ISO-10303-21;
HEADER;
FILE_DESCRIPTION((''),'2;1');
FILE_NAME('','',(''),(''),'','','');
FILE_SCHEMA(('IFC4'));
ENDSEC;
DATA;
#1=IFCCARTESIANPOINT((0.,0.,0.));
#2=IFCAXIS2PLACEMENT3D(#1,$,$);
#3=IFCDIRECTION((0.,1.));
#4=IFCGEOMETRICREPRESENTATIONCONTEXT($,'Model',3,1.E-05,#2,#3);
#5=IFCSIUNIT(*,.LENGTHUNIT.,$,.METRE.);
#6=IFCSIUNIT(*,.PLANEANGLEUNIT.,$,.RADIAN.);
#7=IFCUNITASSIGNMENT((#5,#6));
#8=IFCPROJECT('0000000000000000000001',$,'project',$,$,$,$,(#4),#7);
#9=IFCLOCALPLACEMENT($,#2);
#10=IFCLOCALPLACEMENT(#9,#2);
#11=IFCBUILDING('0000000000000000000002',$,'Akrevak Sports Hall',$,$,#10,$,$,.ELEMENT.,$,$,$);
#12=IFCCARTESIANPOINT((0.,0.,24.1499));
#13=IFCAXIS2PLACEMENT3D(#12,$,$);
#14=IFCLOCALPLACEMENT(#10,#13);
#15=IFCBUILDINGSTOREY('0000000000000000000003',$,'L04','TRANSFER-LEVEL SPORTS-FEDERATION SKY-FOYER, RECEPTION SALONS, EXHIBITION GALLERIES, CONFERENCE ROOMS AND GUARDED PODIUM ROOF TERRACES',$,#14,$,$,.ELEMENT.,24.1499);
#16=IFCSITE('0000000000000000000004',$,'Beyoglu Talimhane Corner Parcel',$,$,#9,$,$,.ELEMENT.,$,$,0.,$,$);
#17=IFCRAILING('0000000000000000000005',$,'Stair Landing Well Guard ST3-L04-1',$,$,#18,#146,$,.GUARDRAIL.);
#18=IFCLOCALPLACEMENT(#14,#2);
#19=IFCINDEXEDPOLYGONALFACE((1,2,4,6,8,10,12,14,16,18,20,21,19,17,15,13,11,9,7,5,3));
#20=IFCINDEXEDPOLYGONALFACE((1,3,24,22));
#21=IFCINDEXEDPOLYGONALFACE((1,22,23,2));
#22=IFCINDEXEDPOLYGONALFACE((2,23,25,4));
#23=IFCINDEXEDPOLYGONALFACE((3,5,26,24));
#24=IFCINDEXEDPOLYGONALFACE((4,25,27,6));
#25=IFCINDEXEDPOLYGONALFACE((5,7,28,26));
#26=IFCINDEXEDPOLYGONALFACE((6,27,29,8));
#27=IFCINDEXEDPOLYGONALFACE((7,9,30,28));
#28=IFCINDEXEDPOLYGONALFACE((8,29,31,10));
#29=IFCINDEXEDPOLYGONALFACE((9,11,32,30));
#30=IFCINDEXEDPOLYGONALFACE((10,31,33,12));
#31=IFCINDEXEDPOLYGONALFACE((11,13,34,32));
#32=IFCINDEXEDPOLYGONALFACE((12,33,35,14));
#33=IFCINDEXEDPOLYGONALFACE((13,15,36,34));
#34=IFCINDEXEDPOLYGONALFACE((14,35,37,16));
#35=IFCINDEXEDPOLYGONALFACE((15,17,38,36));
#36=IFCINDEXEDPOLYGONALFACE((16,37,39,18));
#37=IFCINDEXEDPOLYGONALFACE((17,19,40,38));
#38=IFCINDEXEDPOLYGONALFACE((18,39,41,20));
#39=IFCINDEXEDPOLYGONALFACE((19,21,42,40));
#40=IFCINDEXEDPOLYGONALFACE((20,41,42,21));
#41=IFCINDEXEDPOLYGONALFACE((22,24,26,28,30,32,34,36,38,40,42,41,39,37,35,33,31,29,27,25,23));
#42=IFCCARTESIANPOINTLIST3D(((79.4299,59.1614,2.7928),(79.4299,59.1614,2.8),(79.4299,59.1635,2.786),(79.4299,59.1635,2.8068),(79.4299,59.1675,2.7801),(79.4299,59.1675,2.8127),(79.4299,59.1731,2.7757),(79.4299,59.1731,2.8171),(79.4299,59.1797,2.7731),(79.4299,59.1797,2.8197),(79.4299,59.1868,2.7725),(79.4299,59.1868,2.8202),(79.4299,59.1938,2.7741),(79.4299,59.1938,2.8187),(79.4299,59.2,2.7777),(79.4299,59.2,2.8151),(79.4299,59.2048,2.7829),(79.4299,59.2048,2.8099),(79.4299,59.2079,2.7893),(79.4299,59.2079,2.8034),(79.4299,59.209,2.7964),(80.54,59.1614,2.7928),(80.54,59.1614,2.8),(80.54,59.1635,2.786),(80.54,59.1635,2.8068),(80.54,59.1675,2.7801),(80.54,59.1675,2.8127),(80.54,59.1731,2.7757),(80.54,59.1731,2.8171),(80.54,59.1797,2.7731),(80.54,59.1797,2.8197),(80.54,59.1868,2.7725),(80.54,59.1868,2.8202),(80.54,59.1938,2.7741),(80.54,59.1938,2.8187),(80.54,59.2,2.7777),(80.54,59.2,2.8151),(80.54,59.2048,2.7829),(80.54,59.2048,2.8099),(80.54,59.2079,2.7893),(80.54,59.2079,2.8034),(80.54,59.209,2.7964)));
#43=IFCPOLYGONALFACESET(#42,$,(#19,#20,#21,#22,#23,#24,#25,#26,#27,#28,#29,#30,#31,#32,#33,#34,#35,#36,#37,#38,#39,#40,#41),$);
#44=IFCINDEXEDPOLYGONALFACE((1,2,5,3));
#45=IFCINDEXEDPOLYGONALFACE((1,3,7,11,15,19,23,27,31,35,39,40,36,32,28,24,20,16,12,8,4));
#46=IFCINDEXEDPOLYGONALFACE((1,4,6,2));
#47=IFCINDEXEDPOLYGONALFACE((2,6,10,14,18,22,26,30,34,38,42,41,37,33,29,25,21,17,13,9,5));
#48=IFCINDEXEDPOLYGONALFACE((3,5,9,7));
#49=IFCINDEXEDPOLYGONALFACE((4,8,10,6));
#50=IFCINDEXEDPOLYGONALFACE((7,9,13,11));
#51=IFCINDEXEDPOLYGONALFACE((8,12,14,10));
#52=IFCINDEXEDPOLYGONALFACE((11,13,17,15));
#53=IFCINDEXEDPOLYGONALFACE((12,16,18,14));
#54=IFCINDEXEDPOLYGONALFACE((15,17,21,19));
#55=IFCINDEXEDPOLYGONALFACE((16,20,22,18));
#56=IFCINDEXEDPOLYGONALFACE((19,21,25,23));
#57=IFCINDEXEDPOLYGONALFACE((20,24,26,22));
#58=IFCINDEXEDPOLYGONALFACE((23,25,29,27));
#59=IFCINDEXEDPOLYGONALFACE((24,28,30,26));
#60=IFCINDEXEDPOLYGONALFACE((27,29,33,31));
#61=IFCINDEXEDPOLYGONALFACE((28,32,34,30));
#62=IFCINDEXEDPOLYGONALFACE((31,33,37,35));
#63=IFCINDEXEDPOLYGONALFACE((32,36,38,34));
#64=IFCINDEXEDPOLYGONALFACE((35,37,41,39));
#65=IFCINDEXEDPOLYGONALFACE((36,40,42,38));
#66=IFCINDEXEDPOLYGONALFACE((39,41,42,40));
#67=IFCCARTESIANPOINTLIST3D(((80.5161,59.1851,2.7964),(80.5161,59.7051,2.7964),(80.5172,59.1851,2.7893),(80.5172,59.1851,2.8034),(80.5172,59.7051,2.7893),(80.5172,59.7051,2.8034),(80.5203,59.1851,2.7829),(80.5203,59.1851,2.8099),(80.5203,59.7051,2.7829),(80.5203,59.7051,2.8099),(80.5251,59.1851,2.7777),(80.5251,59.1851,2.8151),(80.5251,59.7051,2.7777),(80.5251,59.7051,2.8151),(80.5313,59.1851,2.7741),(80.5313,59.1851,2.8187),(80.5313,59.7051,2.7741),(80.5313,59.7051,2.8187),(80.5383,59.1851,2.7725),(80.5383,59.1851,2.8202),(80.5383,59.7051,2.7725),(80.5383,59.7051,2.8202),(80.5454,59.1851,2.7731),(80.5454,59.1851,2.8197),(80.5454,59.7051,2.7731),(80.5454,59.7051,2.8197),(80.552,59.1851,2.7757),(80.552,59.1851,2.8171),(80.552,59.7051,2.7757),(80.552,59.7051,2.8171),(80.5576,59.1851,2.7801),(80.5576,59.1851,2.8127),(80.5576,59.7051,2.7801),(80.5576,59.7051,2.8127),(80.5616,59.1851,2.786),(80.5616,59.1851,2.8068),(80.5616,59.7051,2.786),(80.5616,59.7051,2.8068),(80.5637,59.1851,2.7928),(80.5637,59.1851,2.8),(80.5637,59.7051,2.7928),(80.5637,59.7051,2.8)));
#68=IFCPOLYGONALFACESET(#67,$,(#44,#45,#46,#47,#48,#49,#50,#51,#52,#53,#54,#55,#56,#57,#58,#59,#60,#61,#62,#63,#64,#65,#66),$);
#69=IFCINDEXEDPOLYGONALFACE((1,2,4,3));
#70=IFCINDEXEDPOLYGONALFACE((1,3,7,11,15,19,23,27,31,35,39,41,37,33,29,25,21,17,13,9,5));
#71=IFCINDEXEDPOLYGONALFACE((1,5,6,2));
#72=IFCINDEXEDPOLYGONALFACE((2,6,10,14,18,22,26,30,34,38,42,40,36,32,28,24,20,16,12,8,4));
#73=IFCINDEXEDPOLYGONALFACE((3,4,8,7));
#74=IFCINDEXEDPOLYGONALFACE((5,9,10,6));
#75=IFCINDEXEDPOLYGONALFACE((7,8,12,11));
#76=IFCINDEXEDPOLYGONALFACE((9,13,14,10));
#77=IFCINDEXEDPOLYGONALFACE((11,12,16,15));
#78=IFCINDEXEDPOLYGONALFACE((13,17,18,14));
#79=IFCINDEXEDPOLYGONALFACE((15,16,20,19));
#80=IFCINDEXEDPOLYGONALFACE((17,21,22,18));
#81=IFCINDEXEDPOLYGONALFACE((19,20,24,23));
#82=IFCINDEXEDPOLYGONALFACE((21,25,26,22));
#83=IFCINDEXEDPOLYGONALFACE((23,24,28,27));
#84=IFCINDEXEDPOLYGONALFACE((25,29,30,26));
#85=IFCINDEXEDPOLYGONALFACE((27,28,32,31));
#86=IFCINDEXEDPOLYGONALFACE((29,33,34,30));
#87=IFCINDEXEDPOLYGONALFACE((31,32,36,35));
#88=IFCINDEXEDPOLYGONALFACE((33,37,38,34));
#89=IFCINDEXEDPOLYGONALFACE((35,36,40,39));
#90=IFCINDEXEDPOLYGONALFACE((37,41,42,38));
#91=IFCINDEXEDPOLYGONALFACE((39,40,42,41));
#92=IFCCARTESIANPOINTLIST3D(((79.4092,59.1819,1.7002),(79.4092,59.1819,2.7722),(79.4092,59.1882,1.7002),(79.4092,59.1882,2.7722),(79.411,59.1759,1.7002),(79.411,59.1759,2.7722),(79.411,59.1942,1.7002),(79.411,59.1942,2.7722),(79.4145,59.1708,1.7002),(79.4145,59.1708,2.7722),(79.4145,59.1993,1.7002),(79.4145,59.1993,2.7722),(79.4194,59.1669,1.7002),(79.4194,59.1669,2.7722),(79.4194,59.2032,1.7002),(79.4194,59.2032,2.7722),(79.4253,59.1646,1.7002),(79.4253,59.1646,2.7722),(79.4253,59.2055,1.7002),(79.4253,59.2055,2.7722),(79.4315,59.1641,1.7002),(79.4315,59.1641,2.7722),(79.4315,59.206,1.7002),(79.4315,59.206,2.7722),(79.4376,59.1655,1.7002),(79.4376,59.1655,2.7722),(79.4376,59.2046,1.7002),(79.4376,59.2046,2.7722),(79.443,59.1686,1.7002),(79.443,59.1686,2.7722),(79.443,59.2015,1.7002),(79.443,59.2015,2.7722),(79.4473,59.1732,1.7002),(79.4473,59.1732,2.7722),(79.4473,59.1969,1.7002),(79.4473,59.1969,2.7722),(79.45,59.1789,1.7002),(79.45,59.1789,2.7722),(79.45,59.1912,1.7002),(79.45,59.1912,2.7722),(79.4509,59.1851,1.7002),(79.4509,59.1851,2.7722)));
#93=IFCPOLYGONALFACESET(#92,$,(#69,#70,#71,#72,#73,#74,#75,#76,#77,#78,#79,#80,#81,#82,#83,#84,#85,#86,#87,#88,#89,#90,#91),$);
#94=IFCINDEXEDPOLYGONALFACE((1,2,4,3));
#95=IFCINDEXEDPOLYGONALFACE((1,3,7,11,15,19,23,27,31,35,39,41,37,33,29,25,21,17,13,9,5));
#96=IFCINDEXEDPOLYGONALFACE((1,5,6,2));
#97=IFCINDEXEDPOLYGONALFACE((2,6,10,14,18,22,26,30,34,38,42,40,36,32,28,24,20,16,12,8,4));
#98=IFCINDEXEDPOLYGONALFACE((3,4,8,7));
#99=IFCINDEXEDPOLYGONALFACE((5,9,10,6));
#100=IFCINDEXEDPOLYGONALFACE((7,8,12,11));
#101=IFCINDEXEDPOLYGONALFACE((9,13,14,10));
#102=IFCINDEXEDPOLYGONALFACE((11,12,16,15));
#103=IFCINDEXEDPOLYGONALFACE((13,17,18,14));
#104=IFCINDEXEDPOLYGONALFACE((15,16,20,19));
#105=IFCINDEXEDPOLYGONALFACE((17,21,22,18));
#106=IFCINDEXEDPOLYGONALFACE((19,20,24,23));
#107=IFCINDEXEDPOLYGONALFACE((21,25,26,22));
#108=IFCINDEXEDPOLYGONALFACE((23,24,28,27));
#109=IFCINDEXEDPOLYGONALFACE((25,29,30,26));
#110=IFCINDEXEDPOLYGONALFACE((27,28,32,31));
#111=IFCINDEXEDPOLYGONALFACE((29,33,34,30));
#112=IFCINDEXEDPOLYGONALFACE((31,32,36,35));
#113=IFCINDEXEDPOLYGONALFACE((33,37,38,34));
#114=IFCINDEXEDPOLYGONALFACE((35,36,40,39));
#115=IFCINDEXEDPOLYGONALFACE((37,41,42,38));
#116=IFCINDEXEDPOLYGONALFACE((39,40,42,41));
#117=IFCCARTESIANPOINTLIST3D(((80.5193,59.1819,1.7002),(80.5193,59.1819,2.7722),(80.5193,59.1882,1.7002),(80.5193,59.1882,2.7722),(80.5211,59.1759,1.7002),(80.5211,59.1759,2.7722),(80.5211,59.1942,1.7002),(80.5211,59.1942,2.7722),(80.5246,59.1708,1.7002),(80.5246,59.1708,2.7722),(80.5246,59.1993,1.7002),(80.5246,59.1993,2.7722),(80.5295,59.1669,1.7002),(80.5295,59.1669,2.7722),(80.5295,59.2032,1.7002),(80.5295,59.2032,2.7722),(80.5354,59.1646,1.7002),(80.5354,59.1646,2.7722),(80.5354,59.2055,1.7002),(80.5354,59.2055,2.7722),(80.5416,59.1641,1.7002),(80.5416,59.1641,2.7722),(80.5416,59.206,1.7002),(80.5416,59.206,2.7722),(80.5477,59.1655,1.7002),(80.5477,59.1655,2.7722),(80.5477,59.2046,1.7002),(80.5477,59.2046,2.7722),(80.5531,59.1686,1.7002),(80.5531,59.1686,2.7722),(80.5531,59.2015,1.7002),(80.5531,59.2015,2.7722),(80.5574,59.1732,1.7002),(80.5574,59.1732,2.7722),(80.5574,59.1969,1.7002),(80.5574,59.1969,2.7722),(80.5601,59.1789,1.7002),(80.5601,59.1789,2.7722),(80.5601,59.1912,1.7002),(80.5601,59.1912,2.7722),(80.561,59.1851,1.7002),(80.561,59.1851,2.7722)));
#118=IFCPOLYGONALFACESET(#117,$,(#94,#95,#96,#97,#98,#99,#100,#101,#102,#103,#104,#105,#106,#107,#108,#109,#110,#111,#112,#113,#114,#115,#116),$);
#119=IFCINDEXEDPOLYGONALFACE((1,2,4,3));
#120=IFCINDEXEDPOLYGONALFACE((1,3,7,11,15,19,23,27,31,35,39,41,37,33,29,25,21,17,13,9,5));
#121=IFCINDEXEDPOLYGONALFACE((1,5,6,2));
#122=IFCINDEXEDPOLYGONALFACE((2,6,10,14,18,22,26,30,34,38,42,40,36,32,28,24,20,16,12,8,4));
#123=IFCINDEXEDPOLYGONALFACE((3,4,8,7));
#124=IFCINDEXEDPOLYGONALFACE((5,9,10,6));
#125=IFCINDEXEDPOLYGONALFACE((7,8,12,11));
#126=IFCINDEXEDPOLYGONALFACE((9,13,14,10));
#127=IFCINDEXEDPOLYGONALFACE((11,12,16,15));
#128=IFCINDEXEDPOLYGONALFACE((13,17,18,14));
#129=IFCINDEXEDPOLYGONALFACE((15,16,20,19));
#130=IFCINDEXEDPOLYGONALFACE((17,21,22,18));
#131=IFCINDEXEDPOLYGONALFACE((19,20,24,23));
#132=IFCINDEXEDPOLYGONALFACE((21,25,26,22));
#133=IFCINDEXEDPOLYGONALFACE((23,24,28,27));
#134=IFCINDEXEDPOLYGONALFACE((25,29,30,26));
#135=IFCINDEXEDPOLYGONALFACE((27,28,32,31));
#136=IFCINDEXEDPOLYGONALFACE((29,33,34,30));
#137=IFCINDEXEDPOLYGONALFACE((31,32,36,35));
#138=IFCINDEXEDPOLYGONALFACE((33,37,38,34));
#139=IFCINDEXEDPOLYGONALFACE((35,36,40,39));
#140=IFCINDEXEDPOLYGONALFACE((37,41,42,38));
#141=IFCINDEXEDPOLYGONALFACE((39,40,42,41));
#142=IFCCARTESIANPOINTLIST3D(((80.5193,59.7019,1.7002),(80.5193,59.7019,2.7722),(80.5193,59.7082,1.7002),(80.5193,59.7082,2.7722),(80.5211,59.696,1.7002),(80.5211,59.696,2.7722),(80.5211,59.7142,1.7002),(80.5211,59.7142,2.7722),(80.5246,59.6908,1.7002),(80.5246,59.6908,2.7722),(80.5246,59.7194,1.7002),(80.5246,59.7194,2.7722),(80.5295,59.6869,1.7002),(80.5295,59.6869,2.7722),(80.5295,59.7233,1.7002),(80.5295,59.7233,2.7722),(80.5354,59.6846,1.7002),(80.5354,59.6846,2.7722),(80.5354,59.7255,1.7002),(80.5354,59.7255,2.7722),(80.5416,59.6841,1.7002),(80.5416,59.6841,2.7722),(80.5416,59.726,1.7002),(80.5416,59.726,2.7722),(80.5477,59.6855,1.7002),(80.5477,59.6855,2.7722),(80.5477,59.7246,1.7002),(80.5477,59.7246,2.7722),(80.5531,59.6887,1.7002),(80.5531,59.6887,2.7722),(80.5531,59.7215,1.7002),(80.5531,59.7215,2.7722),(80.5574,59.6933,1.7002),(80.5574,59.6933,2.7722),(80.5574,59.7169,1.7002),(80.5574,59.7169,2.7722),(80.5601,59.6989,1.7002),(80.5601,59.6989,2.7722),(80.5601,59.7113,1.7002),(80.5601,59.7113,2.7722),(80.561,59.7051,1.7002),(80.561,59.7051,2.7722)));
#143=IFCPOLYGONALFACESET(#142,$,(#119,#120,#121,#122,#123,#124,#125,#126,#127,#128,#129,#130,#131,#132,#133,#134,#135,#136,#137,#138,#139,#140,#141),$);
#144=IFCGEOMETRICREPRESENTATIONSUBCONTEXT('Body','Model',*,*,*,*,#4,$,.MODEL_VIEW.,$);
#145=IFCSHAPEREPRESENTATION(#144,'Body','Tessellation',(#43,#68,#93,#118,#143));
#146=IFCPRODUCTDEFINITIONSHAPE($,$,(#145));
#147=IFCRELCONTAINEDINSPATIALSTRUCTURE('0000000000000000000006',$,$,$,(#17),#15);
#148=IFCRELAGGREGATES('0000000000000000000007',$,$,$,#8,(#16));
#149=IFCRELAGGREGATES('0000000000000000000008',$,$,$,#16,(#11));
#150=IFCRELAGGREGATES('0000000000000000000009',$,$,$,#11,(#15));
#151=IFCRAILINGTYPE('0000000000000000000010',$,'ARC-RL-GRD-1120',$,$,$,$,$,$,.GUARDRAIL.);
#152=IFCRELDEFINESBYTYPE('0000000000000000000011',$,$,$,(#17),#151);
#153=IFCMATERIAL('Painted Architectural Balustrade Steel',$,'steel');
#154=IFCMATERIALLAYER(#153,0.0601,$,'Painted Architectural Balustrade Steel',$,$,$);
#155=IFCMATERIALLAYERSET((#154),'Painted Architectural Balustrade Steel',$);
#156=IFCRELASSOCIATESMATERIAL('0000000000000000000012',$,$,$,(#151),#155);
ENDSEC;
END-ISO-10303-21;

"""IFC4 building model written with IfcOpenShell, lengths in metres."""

from ifc_helpers import new_model, si_unit, direction, frame, origin, origin_2d, place, context, subcontext, project, spatial, circle, extrude, material, layer, layer_set, type_object, element, save


model = new_model("IFC4")

# Units and contexts
model_context = context("Model", 3, precision=1e-05, world=origin(), true_north=direction((0.0, 1.0)))
body_context = subcontext(model_context, "Body", "Model", "MODEL_VIEW")
ifc_project = project(units=[si_unit("LENGTHUNIT", "METRE"), si_unit("PLANEANGLEUNIT", "RADIAN")], contexts=[model_context])

# Site, building, storey
site_placement = place(None, origin())
site = spatial("IfcSite", under=ifc_project, at=site_placement, Name="Beyoglu Talimhane Corner Parcel", CompositionType="ELEMENT", RefElevation=0.0)
building_placement = place(site_placement, origin())
building = spatial("IfcBuilding", under=site, at=building_placement, Name="Akrevak Sports Hall", CompositionType="ELEMENT")
storey_placement = place(building_placement, frame((0.0, 0.0, 24.1499)))
storey = spatial("IfcBuildingStorey", under=building, at=storey_placement, Name="L04", Description="TRANSFER-LEVEL SPORTS-FEDERATION SKY-FOYER, RECEPTION SALONS, EXHIBITION GALLERIES, CONFERENCE ROOMS AND GUARDED PODIUM ROOF TERRACES", CompositionType="ELEMENT", Elevation=24.1499)

# Railing
ifc_material_1 = material(Name="Painted Architectural Balustrade Steel", Category="steel")
ifc_layer_1 = layer(ifc_material_1, 0.0601, Name="Painted Architectural Balustrade Steel")
ifc_layer_set_1 = layer_set([ifc_layer_1], Name="Painted Architectural Balustrade Steel")
railing_type_1 = type_object("IfcRailingType", Name="ARC-RL-GRD-1120", PredefinedType="GUARDRAIL", material=ifc_layer_set_1)
railing_1_placement = place(storey_placement, frame((79.4299, 59.1851, 1.7002)))
element("IfcRailing", 1, at=railing_1_placement, inside=storey, type_object=railing_type_1, Name="Stair Landing Well Guard ST3-L04-1", PredefinedType="GUARDRAIL", context=body_context, shape_type="SweptSolid", body=[
    extrude(circle(Radius=0.0239, at=origin_2d()), frame((0.0, 0.0, 1.0962), z_axis=(1.0, 0.0, 0.0), x_axis=(0.0, 1.0, 0.0)), (0.0, 0.0, 1.0), 1.1101),
    extrude(circle(Radius=0.0239, at=origin_2d()), frame((1.1101, 0.0, 1.0962), z_axis=(0.0, 1.0, 0.0), x_axis=(-1.0, 0.0, 0.0)), (0.0, 0.0, 1.0), 0.52),
    extrude(circle(Radius=0.021, at=origin_2d()), origin(), (0.0, 0.0, 1.0), 1.072),
    extrude(circle(Radius=0.021, at=origin_2d()), frame((1.1101, 0.0, 0.0)), (0.0, 0.0, 1.0), 1.072),
    extrude(circle(Radius=0.021, at=origin_2d()), frame((1.1101, 0.52, 0.0)), (0.0, 0.0, 1.0), 1.072),
])

save(model, "model.ifc")
